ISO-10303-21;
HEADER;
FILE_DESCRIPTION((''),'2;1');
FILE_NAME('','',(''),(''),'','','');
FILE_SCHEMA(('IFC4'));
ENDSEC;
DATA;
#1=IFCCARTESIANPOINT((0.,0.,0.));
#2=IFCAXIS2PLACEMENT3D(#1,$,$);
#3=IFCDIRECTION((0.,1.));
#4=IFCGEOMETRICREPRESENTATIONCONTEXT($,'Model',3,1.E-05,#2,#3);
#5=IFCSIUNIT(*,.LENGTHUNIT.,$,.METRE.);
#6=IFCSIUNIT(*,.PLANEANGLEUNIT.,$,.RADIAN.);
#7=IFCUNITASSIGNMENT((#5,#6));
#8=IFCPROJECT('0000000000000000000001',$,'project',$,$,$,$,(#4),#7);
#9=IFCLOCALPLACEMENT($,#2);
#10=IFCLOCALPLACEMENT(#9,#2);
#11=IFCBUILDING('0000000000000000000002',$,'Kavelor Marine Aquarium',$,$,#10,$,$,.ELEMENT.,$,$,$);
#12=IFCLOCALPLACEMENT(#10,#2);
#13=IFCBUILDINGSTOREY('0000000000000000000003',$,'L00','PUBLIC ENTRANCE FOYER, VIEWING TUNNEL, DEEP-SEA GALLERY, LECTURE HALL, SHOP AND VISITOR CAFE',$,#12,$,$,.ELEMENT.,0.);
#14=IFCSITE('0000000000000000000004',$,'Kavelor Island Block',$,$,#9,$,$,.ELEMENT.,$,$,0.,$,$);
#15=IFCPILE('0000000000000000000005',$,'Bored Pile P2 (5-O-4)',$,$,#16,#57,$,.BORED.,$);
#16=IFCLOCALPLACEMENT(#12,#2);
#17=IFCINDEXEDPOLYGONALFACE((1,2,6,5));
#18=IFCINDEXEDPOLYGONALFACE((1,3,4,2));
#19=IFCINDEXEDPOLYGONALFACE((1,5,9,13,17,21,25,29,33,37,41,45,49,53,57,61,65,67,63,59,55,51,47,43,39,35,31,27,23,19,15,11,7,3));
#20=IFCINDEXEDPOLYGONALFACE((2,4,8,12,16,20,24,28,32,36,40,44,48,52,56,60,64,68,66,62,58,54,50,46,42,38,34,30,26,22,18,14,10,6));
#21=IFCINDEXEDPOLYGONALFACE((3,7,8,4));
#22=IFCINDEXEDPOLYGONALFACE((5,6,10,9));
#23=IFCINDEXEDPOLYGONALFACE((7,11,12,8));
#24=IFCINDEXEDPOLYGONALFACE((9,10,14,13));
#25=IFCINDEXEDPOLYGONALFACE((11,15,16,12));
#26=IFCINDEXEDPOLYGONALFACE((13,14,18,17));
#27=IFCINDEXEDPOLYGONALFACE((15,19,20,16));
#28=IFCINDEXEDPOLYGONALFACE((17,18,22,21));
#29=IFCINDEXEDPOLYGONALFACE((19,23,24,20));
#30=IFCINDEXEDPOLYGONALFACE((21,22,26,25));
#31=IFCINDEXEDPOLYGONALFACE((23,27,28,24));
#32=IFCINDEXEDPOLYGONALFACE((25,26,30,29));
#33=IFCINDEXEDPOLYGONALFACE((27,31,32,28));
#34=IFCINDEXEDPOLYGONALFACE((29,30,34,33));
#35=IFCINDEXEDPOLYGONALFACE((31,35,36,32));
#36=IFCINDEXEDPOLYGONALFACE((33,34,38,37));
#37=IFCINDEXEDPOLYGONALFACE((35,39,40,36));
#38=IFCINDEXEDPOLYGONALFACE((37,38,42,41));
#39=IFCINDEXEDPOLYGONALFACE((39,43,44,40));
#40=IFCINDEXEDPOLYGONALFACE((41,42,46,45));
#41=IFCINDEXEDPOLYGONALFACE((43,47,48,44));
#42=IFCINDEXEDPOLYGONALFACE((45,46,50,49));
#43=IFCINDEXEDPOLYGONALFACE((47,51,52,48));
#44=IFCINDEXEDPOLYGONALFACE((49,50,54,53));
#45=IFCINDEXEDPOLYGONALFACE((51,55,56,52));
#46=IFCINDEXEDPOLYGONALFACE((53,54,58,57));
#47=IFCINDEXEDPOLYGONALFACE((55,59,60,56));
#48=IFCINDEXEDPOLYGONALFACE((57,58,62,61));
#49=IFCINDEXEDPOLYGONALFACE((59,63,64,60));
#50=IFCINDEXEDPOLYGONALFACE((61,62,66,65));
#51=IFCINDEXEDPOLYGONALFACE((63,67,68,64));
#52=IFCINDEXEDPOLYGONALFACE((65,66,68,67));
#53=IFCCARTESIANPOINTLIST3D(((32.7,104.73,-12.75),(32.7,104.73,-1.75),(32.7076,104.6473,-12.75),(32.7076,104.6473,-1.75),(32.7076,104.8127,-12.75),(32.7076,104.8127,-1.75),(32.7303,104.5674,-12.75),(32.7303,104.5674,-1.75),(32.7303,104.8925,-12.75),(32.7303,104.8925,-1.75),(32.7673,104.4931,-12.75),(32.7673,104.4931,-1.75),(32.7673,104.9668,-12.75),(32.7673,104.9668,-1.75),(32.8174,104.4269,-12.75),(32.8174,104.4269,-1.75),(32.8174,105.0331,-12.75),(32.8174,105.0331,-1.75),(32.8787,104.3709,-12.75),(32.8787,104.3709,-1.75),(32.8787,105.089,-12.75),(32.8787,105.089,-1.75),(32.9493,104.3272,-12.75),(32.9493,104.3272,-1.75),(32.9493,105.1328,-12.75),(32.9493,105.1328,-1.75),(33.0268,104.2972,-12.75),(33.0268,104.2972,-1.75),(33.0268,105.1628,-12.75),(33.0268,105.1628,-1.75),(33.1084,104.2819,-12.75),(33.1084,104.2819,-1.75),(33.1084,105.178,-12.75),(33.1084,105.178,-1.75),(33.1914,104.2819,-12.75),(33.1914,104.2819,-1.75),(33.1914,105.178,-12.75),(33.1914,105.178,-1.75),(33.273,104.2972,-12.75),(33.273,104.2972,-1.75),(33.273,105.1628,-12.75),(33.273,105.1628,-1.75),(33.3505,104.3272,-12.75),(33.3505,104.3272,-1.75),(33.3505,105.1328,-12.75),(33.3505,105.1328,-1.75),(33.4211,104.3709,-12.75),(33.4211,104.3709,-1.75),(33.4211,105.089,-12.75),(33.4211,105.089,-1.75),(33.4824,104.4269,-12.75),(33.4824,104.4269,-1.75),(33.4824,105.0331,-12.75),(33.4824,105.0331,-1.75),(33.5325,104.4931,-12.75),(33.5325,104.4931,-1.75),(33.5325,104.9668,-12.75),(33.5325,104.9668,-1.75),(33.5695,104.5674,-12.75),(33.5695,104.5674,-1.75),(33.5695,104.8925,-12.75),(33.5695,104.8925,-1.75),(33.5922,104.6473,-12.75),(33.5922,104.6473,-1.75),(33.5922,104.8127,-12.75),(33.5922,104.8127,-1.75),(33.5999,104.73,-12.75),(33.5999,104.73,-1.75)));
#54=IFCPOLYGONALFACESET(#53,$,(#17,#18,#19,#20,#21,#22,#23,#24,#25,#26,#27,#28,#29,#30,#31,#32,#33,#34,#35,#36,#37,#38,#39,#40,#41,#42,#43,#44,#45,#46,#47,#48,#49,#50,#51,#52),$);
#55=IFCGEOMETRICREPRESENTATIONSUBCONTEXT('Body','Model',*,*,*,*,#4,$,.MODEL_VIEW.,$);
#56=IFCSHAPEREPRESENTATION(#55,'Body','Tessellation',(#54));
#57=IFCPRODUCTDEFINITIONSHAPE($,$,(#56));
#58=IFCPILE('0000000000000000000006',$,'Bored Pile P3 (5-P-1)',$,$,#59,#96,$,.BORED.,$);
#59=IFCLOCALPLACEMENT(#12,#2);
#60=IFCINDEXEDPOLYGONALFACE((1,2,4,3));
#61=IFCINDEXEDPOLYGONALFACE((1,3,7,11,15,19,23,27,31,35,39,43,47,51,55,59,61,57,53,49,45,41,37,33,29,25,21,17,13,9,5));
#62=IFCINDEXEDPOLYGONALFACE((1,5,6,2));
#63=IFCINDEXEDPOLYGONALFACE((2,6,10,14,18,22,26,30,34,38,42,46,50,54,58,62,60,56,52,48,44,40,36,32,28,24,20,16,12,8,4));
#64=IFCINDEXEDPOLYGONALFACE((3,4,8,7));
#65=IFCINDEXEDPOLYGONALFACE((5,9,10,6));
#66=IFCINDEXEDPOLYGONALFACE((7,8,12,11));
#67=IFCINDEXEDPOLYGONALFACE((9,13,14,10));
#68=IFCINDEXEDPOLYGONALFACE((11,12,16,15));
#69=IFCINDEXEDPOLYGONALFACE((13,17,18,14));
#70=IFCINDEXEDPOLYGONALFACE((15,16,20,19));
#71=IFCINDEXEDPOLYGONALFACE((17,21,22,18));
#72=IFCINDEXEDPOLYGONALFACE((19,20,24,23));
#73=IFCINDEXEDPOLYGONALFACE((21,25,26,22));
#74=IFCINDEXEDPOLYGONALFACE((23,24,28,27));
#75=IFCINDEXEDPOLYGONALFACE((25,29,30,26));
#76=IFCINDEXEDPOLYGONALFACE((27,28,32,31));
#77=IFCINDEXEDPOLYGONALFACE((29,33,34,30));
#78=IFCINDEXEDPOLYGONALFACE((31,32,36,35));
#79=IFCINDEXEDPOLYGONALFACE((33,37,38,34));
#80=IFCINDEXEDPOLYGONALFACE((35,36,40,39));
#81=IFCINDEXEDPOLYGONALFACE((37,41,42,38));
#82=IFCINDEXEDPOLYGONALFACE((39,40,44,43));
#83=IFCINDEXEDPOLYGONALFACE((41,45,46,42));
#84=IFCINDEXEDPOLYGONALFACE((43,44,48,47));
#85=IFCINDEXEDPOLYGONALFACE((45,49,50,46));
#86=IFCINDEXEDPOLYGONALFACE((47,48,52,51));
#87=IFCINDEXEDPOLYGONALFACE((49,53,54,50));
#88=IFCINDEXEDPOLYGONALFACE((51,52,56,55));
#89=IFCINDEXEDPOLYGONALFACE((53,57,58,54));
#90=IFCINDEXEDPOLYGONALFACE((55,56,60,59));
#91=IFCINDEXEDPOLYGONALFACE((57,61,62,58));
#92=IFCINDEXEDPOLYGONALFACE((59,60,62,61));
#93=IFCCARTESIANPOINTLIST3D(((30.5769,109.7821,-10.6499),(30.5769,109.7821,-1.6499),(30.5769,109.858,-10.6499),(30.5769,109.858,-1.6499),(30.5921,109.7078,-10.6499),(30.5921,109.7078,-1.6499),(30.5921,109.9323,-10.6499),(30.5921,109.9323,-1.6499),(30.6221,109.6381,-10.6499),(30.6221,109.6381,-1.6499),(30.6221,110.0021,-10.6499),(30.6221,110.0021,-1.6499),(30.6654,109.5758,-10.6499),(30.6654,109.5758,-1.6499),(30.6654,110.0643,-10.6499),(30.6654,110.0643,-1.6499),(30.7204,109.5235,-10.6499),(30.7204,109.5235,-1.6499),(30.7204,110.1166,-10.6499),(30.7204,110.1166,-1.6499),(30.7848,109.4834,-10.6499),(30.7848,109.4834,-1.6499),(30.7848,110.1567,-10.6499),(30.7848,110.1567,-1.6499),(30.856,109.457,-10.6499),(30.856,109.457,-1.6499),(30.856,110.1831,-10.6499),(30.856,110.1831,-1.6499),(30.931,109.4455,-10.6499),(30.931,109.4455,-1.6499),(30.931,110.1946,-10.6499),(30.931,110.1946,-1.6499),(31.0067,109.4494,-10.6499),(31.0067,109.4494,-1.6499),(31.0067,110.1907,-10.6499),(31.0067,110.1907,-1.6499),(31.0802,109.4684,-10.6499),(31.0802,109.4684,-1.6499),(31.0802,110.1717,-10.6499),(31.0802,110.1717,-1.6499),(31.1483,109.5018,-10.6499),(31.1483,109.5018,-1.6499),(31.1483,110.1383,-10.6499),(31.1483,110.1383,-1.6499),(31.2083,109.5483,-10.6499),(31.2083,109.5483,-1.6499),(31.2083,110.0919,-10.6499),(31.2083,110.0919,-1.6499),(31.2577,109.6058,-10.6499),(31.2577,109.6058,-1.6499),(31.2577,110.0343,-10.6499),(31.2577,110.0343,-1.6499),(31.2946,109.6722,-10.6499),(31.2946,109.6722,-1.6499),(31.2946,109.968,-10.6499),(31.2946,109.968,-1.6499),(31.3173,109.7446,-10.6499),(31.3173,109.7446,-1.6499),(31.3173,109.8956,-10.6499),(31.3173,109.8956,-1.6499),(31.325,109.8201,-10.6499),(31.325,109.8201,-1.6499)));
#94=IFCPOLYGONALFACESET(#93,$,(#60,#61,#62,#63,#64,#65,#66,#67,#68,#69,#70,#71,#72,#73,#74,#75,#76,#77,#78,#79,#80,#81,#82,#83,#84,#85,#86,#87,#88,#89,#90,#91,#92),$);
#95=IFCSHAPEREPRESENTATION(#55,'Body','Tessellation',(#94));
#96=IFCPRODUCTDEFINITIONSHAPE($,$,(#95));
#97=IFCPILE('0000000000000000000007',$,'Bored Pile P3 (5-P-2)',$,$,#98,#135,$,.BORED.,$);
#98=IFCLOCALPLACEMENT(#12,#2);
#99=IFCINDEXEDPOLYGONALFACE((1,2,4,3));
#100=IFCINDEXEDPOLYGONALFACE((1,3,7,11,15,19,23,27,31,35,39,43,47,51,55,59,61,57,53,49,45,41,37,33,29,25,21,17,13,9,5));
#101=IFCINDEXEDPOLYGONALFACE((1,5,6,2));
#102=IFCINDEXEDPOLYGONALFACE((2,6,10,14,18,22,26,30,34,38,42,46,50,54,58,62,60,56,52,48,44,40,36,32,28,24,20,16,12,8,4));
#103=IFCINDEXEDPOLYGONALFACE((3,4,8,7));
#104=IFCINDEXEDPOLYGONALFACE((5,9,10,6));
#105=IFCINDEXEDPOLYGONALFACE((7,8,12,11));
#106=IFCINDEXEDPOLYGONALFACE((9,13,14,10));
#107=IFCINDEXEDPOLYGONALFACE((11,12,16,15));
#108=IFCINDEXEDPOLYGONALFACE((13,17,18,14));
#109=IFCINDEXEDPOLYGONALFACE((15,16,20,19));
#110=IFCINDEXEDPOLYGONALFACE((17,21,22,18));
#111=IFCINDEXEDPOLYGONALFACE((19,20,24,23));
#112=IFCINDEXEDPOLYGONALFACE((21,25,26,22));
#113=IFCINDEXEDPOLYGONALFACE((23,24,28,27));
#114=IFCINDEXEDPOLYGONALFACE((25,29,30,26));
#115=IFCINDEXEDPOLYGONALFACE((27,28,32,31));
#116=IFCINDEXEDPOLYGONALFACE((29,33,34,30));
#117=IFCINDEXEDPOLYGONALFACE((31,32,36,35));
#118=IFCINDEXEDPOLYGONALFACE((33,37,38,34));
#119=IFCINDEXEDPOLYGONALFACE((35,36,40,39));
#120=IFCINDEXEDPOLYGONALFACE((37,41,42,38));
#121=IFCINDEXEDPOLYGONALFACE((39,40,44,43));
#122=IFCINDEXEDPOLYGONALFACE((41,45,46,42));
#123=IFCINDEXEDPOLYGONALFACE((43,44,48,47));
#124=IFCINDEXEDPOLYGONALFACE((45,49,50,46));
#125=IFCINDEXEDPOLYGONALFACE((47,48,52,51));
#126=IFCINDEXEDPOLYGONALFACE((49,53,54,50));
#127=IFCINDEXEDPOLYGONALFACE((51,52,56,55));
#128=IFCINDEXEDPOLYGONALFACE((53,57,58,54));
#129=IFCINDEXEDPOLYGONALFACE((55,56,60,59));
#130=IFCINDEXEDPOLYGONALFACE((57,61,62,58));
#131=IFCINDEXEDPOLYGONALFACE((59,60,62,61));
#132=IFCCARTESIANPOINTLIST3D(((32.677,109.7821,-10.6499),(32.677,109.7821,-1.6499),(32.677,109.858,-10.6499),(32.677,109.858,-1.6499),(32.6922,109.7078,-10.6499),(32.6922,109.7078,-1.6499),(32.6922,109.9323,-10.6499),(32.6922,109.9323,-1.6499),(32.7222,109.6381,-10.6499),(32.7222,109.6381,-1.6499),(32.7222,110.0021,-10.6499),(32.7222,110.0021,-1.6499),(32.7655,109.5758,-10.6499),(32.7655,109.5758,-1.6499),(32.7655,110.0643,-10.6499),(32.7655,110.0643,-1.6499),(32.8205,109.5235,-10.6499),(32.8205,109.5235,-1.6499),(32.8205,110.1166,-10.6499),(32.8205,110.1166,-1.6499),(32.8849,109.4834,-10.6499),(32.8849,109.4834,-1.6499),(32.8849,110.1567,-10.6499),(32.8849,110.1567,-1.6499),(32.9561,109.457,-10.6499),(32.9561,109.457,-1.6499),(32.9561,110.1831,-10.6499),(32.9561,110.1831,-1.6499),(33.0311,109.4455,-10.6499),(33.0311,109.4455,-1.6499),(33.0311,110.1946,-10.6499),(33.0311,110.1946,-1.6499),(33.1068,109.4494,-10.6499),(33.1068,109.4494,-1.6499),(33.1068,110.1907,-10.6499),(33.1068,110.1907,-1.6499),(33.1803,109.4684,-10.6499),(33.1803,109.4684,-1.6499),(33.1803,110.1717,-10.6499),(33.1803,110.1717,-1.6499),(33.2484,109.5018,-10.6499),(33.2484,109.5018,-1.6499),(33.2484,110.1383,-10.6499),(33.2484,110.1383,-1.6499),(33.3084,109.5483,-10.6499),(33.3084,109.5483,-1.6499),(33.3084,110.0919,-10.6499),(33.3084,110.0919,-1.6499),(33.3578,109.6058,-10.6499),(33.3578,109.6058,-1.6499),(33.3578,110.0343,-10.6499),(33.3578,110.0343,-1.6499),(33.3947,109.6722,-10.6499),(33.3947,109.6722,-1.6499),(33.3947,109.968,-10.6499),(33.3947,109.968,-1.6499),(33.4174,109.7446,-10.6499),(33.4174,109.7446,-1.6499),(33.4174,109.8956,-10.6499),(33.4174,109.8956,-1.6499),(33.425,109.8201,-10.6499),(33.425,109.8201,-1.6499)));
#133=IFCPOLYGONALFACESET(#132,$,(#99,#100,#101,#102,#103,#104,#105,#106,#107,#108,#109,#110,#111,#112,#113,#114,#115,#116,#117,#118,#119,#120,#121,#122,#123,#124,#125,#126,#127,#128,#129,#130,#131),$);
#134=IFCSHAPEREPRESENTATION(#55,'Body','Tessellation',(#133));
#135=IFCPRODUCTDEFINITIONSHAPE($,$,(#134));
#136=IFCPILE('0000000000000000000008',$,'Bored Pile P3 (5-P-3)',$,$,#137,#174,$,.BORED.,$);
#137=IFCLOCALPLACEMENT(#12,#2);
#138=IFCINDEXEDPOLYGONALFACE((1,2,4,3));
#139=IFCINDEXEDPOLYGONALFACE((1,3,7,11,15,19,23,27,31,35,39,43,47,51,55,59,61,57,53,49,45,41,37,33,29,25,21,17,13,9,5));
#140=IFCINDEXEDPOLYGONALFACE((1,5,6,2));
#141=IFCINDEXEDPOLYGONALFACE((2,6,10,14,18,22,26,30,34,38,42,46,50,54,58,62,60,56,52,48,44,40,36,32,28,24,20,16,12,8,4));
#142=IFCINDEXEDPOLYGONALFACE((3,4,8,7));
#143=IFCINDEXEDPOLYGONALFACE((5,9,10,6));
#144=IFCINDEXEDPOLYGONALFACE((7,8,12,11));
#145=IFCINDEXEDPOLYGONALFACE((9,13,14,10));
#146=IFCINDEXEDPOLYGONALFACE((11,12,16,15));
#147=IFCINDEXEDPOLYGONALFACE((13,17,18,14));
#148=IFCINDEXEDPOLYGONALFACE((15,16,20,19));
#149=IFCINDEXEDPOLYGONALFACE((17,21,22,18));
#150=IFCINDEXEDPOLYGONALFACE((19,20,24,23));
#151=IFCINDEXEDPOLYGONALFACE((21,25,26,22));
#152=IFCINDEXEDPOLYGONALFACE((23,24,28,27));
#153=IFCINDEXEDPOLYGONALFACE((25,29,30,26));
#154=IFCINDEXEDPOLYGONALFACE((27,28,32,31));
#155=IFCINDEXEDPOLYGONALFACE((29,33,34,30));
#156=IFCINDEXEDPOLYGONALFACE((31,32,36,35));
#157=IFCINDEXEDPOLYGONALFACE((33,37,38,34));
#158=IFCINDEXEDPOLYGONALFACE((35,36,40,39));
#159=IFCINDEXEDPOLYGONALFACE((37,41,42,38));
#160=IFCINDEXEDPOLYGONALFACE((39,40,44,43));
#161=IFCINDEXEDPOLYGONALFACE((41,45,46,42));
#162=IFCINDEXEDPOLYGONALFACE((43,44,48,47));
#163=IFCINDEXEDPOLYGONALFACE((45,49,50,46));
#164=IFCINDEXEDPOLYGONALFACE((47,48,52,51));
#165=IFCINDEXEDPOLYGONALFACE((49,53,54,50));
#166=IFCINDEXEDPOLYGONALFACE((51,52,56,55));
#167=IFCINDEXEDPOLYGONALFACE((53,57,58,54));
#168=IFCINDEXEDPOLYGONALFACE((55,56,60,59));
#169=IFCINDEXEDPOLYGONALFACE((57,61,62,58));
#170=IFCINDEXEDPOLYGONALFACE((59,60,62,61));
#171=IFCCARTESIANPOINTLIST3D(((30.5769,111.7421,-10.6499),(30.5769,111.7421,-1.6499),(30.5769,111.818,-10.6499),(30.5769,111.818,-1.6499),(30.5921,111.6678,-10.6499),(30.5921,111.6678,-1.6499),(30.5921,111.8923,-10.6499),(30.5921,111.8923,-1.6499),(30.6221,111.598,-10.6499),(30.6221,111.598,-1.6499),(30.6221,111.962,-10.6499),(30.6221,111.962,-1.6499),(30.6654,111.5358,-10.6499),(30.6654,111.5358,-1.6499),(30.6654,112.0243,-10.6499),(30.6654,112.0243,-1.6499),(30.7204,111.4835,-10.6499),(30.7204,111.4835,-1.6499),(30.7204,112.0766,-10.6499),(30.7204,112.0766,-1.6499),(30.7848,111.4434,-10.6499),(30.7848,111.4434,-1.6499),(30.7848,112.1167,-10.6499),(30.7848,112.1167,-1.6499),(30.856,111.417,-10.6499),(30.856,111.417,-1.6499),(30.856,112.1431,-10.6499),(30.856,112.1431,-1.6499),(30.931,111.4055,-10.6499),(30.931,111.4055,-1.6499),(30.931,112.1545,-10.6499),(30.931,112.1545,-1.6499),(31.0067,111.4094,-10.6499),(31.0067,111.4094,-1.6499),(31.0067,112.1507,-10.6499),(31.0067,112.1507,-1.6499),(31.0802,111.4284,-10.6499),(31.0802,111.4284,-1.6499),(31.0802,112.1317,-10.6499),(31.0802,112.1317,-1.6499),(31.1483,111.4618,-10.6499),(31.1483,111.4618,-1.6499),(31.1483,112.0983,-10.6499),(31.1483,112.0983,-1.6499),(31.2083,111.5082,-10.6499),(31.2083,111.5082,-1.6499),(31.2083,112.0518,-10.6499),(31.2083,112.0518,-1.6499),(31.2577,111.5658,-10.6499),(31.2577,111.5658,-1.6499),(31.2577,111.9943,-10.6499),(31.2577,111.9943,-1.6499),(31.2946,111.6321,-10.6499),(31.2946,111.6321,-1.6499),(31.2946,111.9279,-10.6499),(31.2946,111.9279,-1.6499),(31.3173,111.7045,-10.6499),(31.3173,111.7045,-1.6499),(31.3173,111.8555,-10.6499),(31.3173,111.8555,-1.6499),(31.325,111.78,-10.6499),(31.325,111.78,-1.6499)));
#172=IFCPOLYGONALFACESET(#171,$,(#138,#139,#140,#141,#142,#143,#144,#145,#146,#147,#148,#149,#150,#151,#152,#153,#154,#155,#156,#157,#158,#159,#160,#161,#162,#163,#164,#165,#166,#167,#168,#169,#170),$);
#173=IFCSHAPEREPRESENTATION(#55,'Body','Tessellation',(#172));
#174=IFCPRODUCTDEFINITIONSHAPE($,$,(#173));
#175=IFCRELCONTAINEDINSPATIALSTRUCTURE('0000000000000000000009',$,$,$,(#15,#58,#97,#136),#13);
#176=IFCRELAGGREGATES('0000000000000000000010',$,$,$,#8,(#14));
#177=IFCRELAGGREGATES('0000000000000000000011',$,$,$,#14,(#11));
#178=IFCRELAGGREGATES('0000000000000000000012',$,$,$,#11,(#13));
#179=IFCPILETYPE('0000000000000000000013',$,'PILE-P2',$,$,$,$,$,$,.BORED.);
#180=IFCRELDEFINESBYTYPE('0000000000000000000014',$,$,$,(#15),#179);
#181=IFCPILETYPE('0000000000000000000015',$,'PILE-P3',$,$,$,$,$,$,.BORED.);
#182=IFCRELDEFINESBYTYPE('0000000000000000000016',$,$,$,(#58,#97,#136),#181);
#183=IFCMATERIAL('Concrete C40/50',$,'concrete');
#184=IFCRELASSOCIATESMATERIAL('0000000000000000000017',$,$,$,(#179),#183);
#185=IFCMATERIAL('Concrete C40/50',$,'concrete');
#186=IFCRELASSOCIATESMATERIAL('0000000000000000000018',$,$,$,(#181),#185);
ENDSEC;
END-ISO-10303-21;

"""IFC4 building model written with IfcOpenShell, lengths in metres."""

from ifc_helpers import new_model, si_unit, direction, frame, origin, origin_2d, place, context, subcontext, project, spatial, circle, extrude, material, material_profile, profile_set, type_object, element, save


model = new_model("IFC4")

# Units and contexts
model_context = context("Model", 3, precision=1e-05, world=origin(), true_north=direction((0.0, 1.0)))
body_context = subcontext(model_context, "Body", "Model", "MODEL_VIEW")
ifc_project = project(units=[si_unit("LENGTHUNIT", "METRE"), si_unit("PLANEANGLEUNIT", "RADIAN")], contexts=[model_context])

# Site, building, storey
site_placement = place(None, origin())
site = spatial("IfcSite", under=ifc_project, at=site_placement, Name="Kavelor Island Block", CompositionType="ELEMENT", RefElevation=0.0)
building_placement = place(site_placement, origin())
building = spatial("IfcBuilding", under=site, at=building_placement, Name="Kavelor Marine Aquarium", CompositionType="ELEMENT")
storey_placement = place(building_placement, origin())
storey = spatial("IfcBuildingStorey", under=building, at=storey_placement, Name="L00", Description="PUBLIC ENTRANCE FOYER, VIEWING TUNNEL, DEEP-SEA GALLERY, LECTURE HALL, SHOP AND VISITOR CAFE", CompositionType="ELEMENT", Elevation=0.0)

# Piles
ifc_material_1 = material(Name="Concrete C40/50", Category="concrete")
ifc_material_profile_1 = material_profile(ifc_material_1, circle(Radius=0.45, at=origin_2d()), Name="PILE D900")
ifc_profile_set_1 = profile_set([ifc_material_profile_1], Name="Concrete C40/50")
pile_type_1 = type_object("IfcPileType", Name="PILE-P2", PredefinedType="BORED", material=ifc_profile_set_1)
for number, where, z_axis, x_axis, name in (
    (1, (33.1499, 104.73, -1.75), (0.0, 0.0, -1.0), (1.0, 0.0, 0.0), "Bored Pile P2 (5-O-4)"),
):
    element("IfcPile", number, at=place(storey_placement, frame(where, z_axis=z_axis, x_axis=x_axis)), inside=storey, type_object=pile_type_1, Name=name, PredefinedType="BORED", context=body_context, shape_type="SweptSolid", body=[
        extrude(circle(Radius=0.45, at=origin_2d()), origin(), (0.0, 0.0, 1.0), 11.0),
    ])
ifc_material_2 = material(Name="Concrete C40/50", Category="concrete")
ifc_material_profile_2 = material_profile(ifc_material_2, circle(Radius=0.375, at=origin_2d()), Name="PILE D750")
ifc_profile_set_2 = profile_set([ifc_material_profile_2], Name="Concrete C40/50")
pile_type_2 = type_object("IfcPileType", Name="PILE-P3", PredefinedType="BORED", material=ifc_profile_set_2)
for number, where, z_axis, x_axis, name in (
    (2, (30.95, 109.8201, -1.6499), (0.0, 0.0, -1.0), (1.0, 0.0, 0.0), "Bored Pile P3 (5-P-1)"),
    (3, (33.05, 109.8201, -1.6499), (0.0, 0.0, -1.0), (1.0, 0.0, 0.0), "Bored Pile P3 (5-P-2)"),
    (4, (30.95, 111.78, -1.6499), (0.0, 0.0, -1.0), (1.0, 0.0, 0.0), "Bored Pile P3 (5-P-3)"),
):
    element("IfcPile", number, at=place(storey_placement, frame(where, z_axis=z_axis, x_axis=x_axis)), inside=storey, type_object=pile_type_2, Name=name, PredefinedType="BORED", context=body_context, shape_type="SweptSolid", body=[
        extrude(circle(Radius=0.375, at=origin_2d()), origin(), (0.0, 0.0, 1.0), 9.0),
    ])

save(model, "model.ifc")
